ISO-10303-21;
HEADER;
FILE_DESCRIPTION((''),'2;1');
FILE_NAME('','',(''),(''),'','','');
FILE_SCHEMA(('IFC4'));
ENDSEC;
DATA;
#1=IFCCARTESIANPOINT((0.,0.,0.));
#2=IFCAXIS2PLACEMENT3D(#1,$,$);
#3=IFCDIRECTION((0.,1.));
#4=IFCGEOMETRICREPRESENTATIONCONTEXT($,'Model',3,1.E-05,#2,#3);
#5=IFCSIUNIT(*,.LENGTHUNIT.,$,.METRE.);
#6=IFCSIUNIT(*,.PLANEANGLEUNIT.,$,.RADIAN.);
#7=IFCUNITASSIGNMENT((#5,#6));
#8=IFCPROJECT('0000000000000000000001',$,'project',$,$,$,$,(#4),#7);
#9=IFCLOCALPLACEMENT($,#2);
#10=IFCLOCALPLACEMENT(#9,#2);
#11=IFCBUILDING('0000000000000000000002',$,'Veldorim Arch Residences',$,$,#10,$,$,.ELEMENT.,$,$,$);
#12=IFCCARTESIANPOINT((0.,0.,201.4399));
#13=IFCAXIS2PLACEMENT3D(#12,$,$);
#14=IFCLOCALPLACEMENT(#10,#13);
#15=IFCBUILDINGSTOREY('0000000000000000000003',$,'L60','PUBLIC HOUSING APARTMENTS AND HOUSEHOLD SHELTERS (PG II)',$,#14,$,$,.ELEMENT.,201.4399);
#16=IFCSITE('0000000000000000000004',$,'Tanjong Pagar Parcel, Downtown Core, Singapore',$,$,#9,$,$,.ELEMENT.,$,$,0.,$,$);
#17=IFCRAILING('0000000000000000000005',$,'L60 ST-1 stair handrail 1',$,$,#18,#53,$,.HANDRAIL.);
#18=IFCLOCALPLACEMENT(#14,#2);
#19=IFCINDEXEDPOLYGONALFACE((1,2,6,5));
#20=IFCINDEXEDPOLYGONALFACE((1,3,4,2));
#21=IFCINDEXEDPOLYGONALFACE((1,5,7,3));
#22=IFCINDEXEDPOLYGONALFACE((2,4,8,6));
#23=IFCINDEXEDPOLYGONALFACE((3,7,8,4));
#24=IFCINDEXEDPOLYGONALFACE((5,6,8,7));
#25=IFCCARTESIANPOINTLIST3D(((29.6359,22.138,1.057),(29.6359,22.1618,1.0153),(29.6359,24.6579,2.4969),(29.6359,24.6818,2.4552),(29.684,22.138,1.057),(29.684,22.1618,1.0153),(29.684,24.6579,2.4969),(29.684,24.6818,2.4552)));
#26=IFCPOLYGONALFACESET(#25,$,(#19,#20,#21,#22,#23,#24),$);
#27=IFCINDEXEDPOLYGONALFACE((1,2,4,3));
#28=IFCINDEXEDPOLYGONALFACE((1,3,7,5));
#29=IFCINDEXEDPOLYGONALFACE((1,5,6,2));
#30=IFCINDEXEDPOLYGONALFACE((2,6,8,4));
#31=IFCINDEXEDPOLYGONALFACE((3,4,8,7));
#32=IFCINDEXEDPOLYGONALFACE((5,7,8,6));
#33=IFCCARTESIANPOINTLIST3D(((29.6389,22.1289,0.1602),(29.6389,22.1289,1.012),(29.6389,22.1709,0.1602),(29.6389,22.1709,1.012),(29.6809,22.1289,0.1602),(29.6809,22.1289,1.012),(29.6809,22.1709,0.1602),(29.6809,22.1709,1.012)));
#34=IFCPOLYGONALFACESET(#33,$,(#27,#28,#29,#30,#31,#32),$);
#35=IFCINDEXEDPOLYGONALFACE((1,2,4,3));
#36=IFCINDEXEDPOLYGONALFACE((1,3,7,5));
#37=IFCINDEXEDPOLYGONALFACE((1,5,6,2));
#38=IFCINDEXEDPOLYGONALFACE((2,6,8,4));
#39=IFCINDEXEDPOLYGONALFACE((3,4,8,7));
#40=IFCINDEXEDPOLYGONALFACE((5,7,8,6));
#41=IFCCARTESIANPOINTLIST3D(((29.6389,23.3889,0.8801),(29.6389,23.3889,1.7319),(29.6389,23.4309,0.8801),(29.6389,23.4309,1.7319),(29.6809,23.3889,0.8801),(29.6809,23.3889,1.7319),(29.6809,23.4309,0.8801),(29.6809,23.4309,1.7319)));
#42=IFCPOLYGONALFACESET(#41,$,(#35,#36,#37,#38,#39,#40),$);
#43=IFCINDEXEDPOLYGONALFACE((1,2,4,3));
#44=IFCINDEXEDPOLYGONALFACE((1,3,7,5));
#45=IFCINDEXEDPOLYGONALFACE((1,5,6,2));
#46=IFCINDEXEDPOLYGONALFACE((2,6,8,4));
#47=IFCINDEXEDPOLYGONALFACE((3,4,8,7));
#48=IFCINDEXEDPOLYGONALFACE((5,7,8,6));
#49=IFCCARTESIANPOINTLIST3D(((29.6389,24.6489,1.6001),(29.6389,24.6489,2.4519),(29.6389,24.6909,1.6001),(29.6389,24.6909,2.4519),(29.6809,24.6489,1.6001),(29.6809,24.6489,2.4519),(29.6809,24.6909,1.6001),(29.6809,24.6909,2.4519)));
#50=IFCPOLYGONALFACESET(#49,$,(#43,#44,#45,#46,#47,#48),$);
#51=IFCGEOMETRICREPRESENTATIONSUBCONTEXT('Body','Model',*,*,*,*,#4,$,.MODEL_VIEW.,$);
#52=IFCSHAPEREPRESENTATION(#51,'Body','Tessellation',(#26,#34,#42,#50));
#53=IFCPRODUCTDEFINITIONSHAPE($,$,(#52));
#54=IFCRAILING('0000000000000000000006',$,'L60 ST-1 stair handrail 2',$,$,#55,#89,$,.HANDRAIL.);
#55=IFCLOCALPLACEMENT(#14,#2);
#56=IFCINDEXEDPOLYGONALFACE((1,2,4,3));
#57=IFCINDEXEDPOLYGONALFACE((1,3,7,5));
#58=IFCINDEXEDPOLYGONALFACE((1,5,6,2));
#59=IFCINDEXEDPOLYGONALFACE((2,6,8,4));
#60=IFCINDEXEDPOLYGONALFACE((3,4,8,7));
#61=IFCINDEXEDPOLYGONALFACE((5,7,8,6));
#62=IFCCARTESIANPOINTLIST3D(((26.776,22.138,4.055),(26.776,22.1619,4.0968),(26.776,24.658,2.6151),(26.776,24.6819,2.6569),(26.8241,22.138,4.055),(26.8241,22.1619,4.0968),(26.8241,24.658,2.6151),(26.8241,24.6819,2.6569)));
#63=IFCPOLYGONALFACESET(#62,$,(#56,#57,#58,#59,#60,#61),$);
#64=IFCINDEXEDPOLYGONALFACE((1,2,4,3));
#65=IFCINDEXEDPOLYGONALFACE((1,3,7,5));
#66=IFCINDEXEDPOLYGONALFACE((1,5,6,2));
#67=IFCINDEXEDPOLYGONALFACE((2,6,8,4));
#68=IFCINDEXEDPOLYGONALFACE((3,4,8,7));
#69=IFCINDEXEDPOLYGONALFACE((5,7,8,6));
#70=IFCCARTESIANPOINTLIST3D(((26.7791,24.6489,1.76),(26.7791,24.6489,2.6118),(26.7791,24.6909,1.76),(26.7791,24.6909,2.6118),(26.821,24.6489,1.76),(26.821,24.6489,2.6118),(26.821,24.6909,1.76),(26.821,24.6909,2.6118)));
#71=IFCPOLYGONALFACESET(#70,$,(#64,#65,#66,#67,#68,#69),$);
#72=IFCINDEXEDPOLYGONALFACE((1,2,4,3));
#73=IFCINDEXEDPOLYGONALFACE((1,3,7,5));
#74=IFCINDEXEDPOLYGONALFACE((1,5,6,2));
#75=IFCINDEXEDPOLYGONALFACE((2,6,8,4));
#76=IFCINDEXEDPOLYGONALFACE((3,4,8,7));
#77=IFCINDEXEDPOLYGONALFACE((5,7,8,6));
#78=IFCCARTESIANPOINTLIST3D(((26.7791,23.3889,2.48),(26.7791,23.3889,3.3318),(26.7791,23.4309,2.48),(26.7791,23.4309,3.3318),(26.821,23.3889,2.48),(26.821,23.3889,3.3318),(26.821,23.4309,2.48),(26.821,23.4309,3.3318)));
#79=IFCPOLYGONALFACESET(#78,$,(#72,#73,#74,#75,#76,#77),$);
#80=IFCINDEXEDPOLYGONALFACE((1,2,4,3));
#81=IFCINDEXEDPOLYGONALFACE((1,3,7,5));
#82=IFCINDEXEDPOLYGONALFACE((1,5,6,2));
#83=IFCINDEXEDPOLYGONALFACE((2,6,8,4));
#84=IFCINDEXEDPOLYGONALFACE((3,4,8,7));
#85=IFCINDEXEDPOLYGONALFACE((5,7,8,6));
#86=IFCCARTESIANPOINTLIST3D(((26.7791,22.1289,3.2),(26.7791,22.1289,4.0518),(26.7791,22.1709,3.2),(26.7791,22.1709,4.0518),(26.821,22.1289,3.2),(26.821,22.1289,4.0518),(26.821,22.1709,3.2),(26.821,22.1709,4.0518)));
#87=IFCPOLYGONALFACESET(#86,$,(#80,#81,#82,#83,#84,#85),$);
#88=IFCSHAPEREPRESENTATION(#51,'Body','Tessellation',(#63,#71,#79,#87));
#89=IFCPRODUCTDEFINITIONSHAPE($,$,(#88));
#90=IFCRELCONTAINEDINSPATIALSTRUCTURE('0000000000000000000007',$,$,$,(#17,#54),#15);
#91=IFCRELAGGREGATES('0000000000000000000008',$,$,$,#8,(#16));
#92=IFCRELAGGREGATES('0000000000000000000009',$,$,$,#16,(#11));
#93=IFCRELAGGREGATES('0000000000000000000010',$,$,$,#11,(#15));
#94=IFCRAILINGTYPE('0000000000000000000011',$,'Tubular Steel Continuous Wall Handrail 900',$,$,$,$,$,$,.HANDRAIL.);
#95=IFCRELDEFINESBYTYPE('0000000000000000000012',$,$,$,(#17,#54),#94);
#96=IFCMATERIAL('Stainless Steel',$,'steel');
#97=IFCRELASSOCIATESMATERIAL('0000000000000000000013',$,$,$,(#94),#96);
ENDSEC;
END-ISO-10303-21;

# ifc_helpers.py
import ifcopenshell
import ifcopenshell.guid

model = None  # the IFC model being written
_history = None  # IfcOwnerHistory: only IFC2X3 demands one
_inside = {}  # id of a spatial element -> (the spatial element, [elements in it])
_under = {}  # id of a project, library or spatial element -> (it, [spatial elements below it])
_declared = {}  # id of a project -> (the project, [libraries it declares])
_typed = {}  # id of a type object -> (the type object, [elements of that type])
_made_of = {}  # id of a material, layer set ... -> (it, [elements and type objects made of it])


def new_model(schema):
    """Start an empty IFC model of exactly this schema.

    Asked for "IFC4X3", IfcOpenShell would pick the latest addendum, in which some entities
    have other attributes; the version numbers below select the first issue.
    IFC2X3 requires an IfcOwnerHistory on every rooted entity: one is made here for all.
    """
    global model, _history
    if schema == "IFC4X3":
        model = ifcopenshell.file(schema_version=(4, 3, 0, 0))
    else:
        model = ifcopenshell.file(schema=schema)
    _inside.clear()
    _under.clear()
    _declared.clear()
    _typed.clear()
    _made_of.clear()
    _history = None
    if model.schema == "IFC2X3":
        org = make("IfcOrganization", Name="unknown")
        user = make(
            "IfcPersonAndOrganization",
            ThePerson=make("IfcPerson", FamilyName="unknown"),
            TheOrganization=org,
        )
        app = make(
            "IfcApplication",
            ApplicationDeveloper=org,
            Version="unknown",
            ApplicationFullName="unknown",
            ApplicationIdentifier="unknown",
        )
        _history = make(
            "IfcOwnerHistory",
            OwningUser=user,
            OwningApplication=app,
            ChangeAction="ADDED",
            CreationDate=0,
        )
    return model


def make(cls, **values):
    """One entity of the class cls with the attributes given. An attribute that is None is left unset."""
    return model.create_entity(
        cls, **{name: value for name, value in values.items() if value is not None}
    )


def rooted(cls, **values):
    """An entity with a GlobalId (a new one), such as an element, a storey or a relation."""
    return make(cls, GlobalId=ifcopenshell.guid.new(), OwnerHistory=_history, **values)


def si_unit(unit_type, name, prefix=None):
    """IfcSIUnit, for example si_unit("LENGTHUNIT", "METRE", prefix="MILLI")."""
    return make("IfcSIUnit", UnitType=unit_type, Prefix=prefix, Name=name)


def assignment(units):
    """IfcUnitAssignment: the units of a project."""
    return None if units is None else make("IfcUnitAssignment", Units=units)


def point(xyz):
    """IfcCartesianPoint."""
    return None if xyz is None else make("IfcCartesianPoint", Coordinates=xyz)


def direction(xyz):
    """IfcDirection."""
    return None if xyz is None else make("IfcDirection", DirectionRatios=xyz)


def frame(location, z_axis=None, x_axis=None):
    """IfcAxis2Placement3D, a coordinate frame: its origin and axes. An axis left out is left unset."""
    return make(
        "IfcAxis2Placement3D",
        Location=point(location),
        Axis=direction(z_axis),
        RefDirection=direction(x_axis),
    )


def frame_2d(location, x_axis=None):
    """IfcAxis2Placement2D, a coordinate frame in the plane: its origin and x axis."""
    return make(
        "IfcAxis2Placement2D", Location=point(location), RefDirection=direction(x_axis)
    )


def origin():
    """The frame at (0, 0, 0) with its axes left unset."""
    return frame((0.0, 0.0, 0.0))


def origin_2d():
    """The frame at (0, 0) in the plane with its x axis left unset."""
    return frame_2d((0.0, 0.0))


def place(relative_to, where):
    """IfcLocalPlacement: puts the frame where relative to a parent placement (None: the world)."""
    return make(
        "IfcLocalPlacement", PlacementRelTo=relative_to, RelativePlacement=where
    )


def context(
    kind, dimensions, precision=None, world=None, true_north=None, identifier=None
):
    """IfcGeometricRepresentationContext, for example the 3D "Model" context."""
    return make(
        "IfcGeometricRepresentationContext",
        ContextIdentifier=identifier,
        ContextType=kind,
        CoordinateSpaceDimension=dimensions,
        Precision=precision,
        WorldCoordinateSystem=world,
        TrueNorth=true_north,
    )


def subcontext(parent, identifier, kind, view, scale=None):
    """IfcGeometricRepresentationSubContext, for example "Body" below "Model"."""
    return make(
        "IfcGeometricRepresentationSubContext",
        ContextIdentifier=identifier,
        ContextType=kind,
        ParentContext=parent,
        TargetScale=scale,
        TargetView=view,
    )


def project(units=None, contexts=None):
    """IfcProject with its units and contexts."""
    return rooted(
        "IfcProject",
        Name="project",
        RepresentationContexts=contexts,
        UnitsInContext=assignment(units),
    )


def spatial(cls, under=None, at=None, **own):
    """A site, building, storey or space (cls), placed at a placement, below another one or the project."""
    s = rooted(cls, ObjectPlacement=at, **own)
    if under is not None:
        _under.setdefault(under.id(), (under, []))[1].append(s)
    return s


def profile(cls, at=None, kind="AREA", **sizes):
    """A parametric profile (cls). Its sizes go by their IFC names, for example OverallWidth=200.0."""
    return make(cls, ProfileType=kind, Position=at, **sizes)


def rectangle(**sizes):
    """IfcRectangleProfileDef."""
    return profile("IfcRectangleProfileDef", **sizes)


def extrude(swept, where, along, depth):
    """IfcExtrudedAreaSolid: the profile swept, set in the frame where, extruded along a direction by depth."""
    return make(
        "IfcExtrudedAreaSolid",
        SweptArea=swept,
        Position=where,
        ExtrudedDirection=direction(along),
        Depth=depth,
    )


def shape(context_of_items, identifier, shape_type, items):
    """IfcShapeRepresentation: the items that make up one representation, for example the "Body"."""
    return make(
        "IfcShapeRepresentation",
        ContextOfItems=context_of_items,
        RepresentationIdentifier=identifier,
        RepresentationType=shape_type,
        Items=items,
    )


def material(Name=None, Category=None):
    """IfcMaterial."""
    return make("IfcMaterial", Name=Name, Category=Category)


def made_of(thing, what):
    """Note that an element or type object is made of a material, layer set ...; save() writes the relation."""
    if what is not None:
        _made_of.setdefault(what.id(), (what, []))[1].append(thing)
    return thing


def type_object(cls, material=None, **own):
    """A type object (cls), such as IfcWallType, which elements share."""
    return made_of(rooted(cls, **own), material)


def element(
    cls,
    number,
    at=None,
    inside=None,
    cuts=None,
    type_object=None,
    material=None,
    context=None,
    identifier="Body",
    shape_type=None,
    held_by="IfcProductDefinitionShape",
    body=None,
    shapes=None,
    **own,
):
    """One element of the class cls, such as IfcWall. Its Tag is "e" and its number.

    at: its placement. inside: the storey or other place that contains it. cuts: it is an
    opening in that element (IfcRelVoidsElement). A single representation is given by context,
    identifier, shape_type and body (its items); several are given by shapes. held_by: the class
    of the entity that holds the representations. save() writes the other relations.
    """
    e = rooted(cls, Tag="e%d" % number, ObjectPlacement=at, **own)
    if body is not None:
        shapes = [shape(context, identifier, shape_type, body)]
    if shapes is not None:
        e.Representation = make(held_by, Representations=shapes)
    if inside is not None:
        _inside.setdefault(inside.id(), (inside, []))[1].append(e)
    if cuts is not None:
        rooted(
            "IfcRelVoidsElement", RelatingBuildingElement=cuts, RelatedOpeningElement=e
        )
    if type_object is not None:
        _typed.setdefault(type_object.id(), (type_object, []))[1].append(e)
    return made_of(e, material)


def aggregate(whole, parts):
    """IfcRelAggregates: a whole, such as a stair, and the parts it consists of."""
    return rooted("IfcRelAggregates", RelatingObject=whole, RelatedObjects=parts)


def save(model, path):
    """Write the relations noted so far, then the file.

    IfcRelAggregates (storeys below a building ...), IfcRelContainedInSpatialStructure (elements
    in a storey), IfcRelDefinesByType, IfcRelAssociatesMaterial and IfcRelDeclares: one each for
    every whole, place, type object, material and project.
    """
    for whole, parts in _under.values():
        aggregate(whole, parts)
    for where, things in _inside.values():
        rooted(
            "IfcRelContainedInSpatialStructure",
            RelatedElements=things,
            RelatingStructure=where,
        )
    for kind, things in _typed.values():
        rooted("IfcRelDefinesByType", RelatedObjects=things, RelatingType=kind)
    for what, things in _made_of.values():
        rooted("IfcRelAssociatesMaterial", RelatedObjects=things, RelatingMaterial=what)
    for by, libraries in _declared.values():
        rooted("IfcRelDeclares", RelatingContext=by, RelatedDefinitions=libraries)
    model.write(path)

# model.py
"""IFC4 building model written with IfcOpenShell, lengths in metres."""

from ifc_helpers import new_model, si_unit, direction, frame, origin, origin_2d, place, context, subcontext, project, spatial, rectangle, extrude, material, type_object, element, save


model = new_model("IFC4")

# Units and contexts
model_context = context("Model", 3, precision=1e-05, world=origin(), true_north=direction((0.0, 1.0)))
body_context = subcontext(model_context, "Body", "Model", "MODEL_VIEW")
ifc_project = project(units=[si_unit("LENGTHUNIT", "METRE"), si_unit("PLANEANGLEUNIT", "RADIAN")], contexts=[model_context])

# Site, building, storey
site_placement = place(None, origin())
site = spatial("IfcSite", under=ifc_project, at=site_placement, Name="Tanjong Pagar Parcel, Downtown Core, Singapore", CompositionType="ELEMENT", RefElevation=0.0)
building_placement = place(site_placement, origin())
building = spatial("IfcBuilding", under=site, at=building_placement, Name="Veldorim Arch Residences", CompositionType="ELEMENT")
storey_placement = place(building_placement, frame((0.0, 0.0, 201.4399)))
storey = spatial("IfcBuildingStorey", under=building, at=storey_placement, Name="L60", Description="PUBLIC HOUSING APARTMENTS AND HOUSEHOLD SHELTERS (PG II)", CompositionType="ELEMENT", Elevation=201.4399)

# Railings
ifc_material_1 = material(Name="Stainless Steel", Category="steel")
railing_type_1 = type_object("IfcRailingType", Name="Tubular Steel Continuous Wall Handrail 900", PredefinedType="HANDRAIL", material=ifc_material_1)
railing_1_placement = place(storey_placement, frame((29.6599, 22.1499, 0.1602)))
element("IfcRailing", 1, at=railing_1_placement, inside=storey, type_object=railing_type_1, Name="L60 ST-1 stair handrail 1", PredefinedType="HANDRAIL", context=body_context, shape_type="SweptSolid", body=[
    extrude(rectangle(XDim=0.0481, YDim=0.0481, at=origin_2d()), frame((0.0, 0.0, 0.876), z_axis=(0.0, 0.868253, 0.496121), x_axis=(-1.0, 0.0, 0.0)), (0.0, 0.0, 1.0), 2.9023),
    extrude(rectangle(XDim=0.042, YDim=0.042, at=origin_2d()), origin(), (0.0, 0.0, 1.0), 0.8518),
    extrude(rectangle(XDim=0.042, YDim=0.042, at=origin_2d()), frame((0.0, 1.26, 0.72)), (0.0, 0.0, 1.0), 0.8518),
    extrude(rectangle(XDim=0.042, YDim=0.042, at=origin_2d()), frame((0.0, 2.52, 1.4399)), (0.0, 0.0, 1.0), 0.8518),
])
railing_2_placement = place(storey_placement, frame((26.8, 24.6699, 1.76)))
element("IfcRailing", 2, at=railing_2_placement, inside=storey, type_object=railing_type_1, Name="L60 ST-1 stair handrail 2", PredefinedType="HANDRAIL", context=body_context, shape_type="SweptSolid", body=[
    extrude(rectangle(XDim=0.0481, YDim=0.0481, at=origin_2d()), frame((0.0, 0.0, 0.876), z_axis=(0.0, -0.868253, 0.496121), x_axis=(1.0, 0.0, 0.0)), (0.0, 0.0, 1.0), 2.9023),
    extrude(rectangle(XDim=0.042, YDim=0.042, at=origin_2d()), origin(), (0.0, 0.0, 1.0), 0.8518),
    extrude(rectangle(XDim=0.042, YDim=0.042, at=origin_2d()), frame((0.0, -1.26, 0.72)), (0.0, 0.0, 1.0), 0.8518),
    extrude(rectangle(XDim=0.042, YDim=0.042, at=origin_2d()), frame((0.0, -2.52, 1.4399)), (0.0, 0.0, 1.0), 0.8518),
])

save(model, "model.ifc")
